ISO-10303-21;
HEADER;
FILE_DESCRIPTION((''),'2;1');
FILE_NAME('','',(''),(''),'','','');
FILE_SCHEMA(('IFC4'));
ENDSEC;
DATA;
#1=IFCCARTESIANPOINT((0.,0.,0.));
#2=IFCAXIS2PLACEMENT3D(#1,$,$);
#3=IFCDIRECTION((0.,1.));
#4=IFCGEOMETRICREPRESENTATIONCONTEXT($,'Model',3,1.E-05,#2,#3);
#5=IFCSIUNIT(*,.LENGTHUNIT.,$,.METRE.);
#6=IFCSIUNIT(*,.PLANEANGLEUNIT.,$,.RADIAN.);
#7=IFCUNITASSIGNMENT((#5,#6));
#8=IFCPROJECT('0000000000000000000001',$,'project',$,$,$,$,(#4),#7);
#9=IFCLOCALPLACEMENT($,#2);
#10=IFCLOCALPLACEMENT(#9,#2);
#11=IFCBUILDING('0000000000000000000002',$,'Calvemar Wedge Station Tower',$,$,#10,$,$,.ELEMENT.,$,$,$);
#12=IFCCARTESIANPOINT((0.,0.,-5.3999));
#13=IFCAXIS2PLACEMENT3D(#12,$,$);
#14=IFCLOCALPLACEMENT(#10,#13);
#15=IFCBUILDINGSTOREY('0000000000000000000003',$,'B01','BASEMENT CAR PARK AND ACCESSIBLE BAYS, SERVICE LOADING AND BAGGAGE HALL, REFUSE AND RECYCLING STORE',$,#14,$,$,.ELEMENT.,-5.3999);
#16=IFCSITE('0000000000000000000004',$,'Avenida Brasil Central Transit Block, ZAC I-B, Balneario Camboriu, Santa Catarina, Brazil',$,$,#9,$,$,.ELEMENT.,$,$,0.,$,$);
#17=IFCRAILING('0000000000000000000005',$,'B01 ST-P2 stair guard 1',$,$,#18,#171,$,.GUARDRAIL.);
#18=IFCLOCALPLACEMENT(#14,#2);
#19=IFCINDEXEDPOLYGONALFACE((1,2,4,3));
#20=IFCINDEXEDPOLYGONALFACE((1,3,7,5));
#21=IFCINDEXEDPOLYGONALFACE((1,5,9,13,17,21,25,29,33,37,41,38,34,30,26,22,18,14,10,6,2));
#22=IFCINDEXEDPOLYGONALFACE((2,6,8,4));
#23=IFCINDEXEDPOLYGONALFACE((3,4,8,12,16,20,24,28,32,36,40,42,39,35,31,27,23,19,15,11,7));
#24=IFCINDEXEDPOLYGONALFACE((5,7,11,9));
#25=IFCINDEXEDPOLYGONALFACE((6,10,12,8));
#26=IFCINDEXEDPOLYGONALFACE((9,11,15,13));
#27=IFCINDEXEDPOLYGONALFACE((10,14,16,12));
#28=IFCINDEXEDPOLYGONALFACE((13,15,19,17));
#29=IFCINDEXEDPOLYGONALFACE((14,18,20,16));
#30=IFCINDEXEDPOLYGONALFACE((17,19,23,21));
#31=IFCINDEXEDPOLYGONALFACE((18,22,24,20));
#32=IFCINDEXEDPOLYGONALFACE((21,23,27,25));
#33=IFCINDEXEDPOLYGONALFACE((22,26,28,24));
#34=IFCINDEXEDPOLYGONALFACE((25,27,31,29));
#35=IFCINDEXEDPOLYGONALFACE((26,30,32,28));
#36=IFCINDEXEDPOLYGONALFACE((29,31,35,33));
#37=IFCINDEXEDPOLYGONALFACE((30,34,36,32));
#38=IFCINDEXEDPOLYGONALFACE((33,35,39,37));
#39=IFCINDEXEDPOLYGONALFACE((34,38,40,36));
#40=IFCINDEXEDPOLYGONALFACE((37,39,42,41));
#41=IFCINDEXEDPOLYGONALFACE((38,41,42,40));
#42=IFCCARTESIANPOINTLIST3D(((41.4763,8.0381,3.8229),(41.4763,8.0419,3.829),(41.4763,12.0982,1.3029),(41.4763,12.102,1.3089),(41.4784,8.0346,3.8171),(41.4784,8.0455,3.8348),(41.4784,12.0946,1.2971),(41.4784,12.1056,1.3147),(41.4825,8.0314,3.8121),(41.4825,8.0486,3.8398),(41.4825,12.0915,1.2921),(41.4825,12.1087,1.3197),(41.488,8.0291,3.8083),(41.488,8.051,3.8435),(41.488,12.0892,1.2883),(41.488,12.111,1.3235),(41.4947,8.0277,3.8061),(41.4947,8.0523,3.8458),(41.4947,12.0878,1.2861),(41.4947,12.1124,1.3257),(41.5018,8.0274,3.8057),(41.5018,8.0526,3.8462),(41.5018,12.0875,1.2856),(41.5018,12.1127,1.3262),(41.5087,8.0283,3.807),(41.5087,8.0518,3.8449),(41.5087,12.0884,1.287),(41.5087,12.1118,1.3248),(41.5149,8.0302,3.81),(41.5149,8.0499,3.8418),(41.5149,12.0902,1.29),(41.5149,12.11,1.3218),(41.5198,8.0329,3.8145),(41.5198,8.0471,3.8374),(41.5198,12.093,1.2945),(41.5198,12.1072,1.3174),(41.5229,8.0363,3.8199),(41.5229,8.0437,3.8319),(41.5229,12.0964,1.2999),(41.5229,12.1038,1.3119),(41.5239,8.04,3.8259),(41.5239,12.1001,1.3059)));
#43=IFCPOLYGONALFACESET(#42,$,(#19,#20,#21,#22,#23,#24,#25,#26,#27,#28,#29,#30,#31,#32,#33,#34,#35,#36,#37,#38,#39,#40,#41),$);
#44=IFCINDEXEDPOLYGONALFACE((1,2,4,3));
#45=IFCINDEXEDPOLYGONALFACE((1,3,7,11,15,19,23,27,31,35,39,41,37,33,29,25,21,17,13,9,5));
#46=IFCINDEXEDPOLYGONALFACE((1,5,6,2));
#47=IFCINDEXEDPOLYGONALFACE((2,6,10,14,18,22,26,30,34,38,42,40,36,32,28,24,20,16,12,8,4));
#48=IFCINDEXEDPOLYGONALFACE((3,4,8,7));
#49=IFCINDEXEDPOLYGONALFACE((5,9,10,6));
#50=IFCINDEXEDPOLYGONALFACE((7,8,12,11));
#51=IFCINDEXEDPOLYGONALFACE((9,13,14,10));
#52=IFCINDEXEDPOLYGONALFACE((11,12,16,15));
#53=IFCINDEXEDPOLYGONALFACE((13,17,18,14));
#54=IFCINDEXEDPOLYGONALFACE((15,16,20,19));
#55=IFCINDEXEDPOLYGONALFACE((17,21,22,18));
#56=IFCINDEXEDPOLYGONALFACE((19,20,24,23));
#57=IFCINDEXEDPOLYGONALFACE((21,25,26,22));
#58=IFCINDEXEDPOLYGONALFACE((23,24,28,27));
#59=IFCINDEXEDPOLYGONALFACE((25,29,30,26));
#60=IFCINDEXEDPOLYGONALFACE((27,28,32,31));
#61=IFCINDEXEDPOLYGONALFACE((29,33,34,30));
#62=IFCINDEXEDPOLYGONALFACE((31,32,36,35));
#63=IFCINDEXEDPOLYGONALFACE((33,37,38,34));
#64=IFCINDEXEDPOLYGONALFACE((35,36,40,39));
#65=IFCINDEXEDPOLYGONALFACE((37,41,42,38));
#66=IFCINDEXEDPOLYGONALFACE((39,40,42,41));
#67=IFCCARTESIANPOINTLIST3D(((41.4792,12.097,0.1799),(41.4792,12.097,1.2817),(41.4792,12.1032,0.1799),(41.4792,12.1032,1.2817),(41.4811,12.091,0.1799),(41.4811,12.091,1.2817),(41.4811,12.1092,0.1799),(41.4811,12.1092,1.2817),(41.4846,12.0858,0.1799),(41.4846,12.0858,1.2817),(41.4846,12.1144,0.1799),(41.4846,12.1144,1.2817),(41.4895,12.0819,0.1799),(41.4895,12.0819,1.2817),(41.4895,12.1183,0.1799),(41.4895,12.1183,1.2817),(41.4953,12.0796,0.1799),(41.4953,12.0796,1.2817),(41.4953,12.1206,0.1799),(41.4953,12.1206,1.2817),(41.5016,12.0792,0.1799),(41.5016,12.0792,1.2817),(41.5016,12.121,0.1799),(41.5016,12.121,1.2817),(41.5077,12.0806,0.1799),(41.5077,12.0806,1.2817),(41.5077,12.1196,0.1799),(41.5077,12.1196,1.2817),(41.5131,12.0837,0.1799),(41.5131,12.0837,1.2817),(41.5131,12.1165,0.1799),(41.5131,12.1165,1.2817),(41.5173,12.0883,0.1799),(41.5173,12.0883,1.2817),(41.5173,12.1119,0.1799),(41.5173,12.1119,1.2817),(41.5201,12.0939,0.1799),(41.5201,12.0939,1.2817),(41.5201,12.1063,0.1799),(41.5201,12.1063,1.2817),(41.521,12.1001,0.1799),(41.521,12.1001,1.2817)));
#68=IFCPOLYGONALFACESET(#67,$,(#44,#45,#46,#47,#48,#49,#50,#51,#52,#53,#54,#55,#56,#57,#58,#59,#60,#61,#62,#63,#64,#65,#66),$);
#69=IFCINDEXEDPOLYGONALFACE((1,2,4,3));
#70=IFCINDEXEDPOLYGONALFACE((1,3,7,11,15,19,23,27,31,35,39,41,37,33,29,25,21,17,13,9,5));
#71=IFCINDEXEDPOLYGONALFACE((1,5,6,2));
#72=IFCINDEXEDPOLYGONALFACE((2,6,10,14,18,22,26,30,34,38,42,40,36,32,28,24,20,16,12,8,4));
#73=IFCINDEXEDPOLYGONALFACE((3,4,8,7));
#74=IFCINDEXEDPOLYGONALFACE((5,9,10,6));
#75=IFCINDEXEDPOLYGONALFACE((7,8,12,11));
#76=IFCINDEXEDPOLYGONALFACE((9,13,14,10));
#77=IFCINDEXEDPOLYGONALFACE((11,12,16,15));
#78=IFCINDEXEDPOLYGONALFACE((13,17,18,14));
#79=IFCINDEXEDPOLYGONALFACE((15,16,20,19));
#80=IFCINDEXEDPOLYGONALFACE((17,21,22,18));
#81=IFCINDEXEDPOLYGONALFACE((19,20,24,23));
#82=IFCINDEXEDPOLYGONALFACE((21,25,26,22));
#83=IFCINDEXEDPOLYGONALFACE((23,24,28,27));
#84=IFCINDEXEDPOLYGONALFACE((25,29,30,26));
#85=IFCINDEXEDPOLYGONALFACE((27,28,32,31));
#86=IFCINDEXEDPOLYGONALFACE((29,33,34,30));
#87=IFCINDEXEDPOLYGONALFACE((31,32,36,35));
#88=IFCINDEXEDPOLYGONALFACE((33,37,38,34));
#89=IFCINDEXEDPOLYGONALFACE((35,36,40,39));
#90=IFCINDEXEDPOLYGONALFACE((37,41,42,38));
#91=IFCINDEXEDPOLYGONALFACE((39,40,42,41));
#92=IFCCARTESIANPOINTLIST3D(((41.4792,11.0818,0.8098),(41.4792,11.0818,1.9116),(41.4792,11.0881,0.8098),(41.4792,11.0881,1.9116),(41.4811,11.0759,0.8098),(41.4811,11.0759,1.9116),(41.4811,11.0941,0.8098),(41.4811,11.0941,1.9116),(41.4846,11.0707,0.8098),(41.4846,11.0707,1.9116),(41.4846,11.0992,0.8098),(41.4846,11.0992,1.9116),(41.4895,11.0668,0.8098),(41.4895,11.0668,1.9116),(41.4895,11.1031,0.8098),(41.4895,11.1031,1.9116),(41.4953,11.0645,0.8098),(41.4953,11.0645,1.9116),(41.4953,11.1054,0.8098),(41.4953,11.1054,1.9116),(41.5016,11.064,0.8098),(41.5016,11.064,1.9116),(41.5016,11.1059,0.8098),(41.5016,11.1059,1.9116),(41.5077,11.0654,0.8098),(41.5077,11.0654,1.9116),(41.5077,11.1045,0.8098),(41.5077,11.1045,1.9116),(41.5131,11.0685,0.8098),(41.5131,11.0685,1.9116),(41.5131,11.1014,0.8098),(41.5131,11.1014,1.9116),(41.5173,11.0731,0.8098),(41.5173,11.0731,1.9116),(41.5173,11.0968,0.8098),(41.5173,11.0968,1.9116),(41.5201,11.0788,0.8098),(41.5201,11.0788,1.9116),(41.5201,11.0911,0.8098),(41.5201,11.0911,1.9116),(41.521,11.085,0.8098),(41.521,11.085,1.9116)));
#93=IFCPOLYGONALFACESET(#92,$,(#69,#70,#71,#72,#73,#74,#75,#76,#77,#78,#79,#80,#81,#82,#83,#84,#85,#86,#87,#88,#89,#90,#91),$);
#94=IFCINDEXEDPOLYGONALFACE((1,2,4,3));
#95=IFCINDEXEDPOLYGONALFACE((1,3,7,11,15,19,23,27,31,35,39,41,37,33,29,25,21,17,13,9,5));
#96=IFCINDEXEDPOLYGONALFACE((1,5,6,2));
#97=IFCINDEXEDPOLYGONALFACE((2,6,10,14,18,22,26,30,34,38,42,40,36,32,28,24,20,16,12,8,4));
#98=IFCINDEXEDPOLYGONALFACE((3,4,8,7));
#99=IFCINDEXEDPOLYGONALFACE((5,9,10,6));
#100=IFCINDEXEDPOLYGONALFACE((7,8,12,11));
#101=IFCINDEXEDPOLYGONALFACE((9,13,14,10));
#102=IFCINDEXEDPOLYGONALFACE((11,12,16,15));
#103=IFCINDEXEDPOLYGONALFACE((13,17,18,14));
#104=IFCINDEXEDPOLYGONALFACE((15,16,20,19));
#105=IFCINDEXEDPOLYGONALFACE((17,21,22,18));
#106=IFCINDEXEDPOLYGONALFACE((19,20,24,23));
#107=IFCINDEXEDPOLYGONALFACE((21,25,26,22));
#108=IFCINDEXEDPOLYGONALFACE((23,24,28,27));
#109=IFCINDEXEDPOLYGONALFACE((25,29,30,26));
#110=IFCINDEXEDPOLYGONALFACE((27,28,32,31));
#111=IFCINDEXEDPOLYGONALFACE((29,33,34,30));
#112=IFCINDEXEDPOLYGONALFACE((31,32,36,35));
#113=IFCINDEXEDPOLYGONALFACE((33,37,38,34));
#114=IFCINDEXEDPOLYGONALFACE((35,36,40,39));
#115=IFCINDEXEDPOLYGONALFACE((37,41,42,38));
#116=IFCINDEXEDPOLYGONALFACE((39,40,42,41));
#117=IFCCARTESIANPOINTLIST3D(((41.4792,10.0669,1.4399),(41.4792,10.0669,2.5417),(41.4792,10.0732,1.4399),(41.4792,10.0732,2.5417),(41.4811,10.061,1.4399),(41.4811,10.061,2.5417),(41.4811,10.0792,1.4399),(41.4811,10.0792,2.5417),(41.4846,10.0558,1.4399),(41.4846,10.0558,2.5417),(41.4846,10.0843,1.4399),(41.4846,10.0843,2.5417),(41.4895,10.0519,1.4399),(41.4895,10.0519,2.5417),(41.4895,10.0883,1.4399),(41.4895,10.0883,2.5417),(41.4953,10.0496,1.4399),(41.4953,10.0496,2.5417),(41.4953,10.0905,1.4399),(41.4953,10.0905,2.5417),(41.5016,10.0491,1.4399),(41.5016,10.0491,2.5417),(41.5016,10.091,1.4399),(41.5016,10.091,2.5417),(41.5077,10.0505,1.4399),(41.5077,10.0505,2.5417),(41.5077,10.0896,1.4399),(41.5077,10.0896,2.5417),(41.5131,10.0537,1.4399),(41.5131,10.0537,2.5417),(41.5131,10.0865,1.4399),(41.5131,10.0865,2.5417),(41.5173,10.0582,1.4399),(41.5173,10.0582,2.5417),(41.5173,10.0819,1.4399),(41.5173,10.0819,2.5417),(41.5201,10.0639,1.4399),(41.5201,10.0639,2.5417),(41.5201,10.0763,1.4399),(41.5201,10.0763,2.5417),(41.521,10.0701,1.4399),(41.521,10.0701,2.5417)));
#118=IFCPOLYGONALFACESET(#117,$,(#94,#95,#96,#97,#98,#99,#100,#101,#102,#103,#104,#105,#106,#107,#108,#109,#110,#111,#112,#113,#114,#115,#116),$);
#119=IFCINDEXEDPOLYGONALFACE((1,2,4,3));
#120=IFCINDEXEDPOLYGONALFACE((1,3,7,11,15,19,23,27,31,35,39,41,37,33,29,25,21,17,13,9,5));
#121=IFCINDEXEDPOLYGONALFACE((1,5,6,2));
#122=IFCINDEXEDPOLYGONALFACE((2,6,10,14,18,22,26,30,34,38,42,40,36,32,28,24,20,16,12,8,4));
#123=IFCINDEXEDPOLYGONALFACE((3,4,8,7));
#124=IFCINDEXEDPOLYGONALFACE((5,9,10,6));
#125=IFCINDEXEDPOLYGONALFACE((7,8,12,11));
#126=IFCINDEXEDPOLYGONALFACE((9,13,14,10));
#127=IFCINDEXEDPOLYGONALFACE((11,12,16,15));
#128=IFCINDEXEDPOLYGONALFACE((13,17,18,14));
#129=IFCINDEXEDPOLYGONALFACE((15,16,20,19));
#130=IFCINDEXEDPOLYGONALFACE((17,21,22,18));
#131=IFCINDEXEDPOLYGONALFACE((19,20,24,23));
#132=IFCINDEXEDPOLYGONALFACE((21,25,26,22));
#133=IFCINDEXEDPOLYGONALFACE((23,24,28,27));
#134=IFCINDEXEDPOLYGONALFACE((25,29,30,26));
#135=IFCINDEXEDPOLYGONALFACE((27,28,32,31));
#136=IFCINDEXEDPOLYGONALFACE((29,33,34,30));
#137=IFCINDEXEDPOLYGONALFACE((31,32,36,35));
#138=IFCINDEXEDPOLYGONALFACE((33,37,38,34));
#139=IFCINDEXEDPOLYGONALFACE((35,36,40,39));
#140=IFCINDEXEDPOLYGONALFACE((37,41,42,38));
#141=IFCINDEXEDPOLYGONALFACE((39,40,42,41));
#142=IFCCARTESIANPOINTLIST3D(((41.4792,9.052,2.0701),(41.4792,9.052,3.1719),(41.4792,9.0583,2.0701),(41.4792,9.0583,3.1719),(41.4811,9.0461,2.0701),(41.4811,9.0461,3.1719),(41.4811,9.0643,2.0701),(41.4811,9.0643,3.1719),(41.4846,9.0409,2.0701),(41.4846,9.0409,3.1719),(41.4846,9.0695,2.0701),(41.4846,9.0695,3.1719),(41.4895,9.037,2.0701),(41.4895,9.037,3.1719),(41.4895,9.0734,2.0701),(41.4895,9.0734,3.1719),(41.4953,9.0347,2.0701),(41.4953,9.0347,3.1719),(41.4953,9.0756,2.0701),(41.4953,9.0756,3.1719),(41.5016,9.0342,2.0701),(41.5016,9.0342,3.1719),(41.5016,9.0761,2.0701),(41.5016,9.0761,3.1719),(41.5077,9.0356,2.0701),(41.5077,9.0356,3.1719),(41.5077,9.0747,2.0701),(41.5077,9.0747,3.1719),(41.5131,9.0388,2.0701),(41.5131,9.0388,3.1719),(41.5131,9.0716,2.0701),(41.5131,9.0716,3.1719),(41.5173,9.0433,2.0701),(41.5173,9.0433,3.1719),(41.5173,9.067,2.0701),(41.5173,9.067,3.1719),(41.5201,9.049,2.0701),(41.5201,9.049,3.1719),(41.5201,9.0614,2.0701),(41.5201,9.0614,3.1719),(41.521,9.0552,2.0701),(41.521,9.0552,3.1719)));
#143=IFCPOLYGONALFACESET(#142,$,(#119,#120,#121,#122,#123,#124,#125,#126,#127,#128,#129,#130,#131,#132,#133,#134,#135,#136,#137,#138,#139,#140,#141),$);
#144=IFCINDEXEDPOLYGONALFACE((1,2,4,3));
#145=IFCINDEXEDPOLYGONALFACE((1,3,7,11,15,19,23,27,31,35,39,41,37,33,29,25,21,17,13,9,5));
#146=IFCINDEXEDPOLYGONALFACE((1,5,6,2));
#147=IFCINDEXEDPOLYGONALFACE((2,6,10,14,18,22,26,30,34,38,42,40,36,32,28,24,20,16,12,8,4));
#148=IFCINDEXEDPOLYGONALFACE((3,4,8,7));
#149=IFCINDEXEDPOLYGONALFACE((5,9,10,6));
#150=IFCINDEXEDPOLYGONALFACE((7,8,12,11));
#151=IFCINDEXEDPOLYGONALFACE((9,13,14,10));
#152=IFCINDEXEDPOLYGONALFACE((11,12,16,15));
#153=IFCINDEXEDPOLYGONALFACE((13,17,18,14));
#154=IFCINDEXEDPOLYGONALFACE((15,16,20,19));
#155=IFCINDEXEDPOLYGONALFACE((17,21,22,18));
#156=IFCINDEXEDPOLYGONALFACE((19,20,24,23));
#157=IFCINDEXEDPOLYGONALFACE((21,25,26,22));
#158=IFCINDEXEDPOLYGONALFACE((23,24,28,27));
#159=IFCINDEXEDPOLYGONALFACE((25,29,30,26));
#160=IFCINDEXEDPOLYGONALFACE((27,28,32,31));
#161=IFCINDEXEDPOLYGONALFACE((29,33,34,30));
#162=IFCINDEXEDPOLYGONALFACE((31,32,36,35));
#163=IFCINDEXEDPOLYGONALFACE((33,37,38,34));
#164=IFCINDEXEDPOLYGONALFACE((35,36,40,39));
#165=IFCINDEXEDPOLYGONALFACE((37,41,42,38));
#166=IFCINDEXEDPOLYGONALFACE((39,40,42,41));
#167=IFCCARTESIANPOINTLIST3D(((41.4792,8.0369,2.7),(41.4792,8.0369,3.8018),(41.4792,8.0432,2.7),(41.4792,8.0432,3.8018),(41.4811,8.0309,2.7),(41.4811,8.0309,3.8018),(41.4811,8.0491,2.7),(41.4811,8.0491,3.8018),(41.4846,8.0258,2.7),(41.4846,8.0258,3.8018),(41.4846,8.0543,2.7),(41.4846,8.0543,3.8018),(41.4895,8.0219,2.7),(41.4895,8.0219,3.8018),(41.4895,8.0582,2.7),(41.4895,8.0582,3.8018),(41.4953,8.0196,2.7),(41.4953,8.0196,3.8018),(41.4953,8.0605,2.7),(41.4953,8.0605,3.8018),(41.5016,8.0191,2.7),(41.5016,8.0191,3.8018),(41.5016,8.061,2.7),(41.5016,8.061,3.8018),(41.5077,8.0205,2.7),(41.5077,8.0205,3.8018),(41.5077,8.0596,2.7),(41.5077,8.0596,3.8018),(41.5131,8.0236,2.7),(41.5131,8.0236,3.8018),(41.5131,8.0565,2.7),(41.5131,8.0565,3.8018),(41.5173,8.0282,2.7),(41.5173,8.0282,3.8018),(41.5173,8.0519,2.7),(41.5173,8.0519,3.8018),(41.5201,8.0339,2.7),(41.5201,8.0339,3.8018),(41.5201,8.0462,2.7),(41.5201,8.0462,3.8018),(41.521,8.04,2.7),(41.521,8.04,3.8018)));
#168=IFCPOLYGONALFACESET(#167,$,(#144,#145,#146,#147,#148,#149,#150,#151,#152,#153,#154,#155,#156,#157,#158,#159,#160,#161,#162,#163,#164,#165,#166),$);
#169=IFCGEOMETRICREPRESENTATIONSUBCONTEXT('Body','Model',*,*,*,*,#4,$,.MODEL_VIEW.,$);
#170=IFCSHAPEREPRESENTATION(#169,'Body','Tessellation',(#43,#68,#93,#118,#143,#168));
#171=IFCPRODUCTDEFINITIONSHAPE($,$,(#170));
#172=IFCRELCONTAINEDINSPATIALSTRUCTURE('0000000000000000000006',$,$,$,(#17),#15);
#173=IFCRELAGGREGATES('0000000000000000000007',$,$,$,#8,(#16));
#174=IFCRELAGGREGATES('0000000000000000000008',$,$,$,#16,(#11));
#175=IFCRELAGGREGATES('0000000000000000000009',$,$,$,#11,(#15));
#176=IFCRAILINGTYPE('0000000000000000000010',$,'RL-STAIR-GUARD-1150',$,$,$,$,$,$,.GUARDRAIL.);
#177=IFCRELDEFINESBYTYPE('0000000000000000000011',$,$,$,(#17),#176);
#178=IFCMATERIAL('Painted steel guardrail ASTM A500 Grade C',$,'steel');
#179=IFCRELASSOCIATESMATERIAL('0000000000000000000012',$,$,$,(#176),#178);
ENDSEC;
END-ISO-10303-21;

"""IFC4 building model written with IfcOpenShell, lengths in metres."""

from ifc_helpers import new_model, si_unit, direction, frame, origin, origin_2d, place, context, subcontext, project, spatial, circle, extrude, material, type_object, element, save


model = new_model("IFC4")

# Units and contexts
model_context = context("Model", 3, precision=1e-05, world=origin(), true_north=direction((0.0, 1.0)))
body_context = subcontext(model_context, "Body", "Model", "MODEL_VIEW")
ifc_project = project(units=[si_unit("LENGTHUNIT", "METRE"), si_unit("PLANEANGLEUNIT", "RADIAN")], contexts=[model_context])

# Site, building, storey
site_placement = place(None, origin())
site = spatial("IfcSite", under=ifc_project, at=site_placement, Name="Avenida Brasil Central Transit Block, ZAC I-B, Balneario Camboriu, Santa Catarina, Brazil", CompositionType="ELEMENT", RefElevation=0.0)
building_placement = place(site_placement, origin())
building = spatial("IfcBuilding", under=site, at=building_placement, Name="Calvemar Wedge Station Tower", CompositionType="ELEMENT")
storey_placement = place(building_placement, frame((0.0, 0.0, -5.3999)))
storey = spatial("IfcBuildingStorey", under=building, at=storey_placement, Name="B01", Description="BASEMENT CAR PARK AND ACCESSIBLE BAYS, SERVICE LOADING AND BAGGAGE HALL, REFUSE AND RECYCLING STORE", CompositionType="ELEMENT", Elevation=-5.3999)

# Railing
ifc_material_1 = material(Name="Painted steel guardrail ASTM A500 Grade C", Category="steel")
railing_type_1 = type_object("IfcRailingType", Name="RL-STAIR-GUARD-1150", PredefinedType="GUARDRAIL", material=ifc_material_1)
railing_1_placement = place(storey_placement, frame((41.5, 12.1001, 0.1799)))
element("IfcRailing", 1, at=railing_1_placement, inside=storey, type_object=railing_type_1, Name="B01 ST-P2 stair guard 1", PredefinedType="GUARDRAIL", context=body_context, shape_type="SweptSolid", body=[
    extrude(circle(Radius=0.0239, at=origin_2d()), frame((0.0, 0.0, 1.126), z_axis=(0.0, -0.849642, 0.52736), x_axis=(1.0, 0.0, 0.0)), (0.0, 0.0, 1.0), 4.7786),
    extrude(circle(Radius=0.021, at=origin_2d()), origin(), (0.0, 0.0, 1.0), 1.1018),
    extrude(circle(Radius=0.021, at=origin_2d()), frame((0.0, -1.0151, 0.6299)), (0.0, 0.0, 1.0), 1.1018),
    extrude(circle(Radius=0.021, at=origin_2d()), frame((0.0, -2.03, 1.26)), (0.0, 0.0, 1.0), 1.1018),
    extrude(circle(Radius=0.021, at=origin_2d()), frame((0.0, -3.0449, 1.8901)), (0.0, 0.0, 1.0), 1.1018),
    extrude(circle(Radius=0.021, at=origin_2d()), frame((0.0, -4.0601, 2.52)), (0.0, 0.0, 1.0), 1.1018),
])

save(model, "model.ifc")
